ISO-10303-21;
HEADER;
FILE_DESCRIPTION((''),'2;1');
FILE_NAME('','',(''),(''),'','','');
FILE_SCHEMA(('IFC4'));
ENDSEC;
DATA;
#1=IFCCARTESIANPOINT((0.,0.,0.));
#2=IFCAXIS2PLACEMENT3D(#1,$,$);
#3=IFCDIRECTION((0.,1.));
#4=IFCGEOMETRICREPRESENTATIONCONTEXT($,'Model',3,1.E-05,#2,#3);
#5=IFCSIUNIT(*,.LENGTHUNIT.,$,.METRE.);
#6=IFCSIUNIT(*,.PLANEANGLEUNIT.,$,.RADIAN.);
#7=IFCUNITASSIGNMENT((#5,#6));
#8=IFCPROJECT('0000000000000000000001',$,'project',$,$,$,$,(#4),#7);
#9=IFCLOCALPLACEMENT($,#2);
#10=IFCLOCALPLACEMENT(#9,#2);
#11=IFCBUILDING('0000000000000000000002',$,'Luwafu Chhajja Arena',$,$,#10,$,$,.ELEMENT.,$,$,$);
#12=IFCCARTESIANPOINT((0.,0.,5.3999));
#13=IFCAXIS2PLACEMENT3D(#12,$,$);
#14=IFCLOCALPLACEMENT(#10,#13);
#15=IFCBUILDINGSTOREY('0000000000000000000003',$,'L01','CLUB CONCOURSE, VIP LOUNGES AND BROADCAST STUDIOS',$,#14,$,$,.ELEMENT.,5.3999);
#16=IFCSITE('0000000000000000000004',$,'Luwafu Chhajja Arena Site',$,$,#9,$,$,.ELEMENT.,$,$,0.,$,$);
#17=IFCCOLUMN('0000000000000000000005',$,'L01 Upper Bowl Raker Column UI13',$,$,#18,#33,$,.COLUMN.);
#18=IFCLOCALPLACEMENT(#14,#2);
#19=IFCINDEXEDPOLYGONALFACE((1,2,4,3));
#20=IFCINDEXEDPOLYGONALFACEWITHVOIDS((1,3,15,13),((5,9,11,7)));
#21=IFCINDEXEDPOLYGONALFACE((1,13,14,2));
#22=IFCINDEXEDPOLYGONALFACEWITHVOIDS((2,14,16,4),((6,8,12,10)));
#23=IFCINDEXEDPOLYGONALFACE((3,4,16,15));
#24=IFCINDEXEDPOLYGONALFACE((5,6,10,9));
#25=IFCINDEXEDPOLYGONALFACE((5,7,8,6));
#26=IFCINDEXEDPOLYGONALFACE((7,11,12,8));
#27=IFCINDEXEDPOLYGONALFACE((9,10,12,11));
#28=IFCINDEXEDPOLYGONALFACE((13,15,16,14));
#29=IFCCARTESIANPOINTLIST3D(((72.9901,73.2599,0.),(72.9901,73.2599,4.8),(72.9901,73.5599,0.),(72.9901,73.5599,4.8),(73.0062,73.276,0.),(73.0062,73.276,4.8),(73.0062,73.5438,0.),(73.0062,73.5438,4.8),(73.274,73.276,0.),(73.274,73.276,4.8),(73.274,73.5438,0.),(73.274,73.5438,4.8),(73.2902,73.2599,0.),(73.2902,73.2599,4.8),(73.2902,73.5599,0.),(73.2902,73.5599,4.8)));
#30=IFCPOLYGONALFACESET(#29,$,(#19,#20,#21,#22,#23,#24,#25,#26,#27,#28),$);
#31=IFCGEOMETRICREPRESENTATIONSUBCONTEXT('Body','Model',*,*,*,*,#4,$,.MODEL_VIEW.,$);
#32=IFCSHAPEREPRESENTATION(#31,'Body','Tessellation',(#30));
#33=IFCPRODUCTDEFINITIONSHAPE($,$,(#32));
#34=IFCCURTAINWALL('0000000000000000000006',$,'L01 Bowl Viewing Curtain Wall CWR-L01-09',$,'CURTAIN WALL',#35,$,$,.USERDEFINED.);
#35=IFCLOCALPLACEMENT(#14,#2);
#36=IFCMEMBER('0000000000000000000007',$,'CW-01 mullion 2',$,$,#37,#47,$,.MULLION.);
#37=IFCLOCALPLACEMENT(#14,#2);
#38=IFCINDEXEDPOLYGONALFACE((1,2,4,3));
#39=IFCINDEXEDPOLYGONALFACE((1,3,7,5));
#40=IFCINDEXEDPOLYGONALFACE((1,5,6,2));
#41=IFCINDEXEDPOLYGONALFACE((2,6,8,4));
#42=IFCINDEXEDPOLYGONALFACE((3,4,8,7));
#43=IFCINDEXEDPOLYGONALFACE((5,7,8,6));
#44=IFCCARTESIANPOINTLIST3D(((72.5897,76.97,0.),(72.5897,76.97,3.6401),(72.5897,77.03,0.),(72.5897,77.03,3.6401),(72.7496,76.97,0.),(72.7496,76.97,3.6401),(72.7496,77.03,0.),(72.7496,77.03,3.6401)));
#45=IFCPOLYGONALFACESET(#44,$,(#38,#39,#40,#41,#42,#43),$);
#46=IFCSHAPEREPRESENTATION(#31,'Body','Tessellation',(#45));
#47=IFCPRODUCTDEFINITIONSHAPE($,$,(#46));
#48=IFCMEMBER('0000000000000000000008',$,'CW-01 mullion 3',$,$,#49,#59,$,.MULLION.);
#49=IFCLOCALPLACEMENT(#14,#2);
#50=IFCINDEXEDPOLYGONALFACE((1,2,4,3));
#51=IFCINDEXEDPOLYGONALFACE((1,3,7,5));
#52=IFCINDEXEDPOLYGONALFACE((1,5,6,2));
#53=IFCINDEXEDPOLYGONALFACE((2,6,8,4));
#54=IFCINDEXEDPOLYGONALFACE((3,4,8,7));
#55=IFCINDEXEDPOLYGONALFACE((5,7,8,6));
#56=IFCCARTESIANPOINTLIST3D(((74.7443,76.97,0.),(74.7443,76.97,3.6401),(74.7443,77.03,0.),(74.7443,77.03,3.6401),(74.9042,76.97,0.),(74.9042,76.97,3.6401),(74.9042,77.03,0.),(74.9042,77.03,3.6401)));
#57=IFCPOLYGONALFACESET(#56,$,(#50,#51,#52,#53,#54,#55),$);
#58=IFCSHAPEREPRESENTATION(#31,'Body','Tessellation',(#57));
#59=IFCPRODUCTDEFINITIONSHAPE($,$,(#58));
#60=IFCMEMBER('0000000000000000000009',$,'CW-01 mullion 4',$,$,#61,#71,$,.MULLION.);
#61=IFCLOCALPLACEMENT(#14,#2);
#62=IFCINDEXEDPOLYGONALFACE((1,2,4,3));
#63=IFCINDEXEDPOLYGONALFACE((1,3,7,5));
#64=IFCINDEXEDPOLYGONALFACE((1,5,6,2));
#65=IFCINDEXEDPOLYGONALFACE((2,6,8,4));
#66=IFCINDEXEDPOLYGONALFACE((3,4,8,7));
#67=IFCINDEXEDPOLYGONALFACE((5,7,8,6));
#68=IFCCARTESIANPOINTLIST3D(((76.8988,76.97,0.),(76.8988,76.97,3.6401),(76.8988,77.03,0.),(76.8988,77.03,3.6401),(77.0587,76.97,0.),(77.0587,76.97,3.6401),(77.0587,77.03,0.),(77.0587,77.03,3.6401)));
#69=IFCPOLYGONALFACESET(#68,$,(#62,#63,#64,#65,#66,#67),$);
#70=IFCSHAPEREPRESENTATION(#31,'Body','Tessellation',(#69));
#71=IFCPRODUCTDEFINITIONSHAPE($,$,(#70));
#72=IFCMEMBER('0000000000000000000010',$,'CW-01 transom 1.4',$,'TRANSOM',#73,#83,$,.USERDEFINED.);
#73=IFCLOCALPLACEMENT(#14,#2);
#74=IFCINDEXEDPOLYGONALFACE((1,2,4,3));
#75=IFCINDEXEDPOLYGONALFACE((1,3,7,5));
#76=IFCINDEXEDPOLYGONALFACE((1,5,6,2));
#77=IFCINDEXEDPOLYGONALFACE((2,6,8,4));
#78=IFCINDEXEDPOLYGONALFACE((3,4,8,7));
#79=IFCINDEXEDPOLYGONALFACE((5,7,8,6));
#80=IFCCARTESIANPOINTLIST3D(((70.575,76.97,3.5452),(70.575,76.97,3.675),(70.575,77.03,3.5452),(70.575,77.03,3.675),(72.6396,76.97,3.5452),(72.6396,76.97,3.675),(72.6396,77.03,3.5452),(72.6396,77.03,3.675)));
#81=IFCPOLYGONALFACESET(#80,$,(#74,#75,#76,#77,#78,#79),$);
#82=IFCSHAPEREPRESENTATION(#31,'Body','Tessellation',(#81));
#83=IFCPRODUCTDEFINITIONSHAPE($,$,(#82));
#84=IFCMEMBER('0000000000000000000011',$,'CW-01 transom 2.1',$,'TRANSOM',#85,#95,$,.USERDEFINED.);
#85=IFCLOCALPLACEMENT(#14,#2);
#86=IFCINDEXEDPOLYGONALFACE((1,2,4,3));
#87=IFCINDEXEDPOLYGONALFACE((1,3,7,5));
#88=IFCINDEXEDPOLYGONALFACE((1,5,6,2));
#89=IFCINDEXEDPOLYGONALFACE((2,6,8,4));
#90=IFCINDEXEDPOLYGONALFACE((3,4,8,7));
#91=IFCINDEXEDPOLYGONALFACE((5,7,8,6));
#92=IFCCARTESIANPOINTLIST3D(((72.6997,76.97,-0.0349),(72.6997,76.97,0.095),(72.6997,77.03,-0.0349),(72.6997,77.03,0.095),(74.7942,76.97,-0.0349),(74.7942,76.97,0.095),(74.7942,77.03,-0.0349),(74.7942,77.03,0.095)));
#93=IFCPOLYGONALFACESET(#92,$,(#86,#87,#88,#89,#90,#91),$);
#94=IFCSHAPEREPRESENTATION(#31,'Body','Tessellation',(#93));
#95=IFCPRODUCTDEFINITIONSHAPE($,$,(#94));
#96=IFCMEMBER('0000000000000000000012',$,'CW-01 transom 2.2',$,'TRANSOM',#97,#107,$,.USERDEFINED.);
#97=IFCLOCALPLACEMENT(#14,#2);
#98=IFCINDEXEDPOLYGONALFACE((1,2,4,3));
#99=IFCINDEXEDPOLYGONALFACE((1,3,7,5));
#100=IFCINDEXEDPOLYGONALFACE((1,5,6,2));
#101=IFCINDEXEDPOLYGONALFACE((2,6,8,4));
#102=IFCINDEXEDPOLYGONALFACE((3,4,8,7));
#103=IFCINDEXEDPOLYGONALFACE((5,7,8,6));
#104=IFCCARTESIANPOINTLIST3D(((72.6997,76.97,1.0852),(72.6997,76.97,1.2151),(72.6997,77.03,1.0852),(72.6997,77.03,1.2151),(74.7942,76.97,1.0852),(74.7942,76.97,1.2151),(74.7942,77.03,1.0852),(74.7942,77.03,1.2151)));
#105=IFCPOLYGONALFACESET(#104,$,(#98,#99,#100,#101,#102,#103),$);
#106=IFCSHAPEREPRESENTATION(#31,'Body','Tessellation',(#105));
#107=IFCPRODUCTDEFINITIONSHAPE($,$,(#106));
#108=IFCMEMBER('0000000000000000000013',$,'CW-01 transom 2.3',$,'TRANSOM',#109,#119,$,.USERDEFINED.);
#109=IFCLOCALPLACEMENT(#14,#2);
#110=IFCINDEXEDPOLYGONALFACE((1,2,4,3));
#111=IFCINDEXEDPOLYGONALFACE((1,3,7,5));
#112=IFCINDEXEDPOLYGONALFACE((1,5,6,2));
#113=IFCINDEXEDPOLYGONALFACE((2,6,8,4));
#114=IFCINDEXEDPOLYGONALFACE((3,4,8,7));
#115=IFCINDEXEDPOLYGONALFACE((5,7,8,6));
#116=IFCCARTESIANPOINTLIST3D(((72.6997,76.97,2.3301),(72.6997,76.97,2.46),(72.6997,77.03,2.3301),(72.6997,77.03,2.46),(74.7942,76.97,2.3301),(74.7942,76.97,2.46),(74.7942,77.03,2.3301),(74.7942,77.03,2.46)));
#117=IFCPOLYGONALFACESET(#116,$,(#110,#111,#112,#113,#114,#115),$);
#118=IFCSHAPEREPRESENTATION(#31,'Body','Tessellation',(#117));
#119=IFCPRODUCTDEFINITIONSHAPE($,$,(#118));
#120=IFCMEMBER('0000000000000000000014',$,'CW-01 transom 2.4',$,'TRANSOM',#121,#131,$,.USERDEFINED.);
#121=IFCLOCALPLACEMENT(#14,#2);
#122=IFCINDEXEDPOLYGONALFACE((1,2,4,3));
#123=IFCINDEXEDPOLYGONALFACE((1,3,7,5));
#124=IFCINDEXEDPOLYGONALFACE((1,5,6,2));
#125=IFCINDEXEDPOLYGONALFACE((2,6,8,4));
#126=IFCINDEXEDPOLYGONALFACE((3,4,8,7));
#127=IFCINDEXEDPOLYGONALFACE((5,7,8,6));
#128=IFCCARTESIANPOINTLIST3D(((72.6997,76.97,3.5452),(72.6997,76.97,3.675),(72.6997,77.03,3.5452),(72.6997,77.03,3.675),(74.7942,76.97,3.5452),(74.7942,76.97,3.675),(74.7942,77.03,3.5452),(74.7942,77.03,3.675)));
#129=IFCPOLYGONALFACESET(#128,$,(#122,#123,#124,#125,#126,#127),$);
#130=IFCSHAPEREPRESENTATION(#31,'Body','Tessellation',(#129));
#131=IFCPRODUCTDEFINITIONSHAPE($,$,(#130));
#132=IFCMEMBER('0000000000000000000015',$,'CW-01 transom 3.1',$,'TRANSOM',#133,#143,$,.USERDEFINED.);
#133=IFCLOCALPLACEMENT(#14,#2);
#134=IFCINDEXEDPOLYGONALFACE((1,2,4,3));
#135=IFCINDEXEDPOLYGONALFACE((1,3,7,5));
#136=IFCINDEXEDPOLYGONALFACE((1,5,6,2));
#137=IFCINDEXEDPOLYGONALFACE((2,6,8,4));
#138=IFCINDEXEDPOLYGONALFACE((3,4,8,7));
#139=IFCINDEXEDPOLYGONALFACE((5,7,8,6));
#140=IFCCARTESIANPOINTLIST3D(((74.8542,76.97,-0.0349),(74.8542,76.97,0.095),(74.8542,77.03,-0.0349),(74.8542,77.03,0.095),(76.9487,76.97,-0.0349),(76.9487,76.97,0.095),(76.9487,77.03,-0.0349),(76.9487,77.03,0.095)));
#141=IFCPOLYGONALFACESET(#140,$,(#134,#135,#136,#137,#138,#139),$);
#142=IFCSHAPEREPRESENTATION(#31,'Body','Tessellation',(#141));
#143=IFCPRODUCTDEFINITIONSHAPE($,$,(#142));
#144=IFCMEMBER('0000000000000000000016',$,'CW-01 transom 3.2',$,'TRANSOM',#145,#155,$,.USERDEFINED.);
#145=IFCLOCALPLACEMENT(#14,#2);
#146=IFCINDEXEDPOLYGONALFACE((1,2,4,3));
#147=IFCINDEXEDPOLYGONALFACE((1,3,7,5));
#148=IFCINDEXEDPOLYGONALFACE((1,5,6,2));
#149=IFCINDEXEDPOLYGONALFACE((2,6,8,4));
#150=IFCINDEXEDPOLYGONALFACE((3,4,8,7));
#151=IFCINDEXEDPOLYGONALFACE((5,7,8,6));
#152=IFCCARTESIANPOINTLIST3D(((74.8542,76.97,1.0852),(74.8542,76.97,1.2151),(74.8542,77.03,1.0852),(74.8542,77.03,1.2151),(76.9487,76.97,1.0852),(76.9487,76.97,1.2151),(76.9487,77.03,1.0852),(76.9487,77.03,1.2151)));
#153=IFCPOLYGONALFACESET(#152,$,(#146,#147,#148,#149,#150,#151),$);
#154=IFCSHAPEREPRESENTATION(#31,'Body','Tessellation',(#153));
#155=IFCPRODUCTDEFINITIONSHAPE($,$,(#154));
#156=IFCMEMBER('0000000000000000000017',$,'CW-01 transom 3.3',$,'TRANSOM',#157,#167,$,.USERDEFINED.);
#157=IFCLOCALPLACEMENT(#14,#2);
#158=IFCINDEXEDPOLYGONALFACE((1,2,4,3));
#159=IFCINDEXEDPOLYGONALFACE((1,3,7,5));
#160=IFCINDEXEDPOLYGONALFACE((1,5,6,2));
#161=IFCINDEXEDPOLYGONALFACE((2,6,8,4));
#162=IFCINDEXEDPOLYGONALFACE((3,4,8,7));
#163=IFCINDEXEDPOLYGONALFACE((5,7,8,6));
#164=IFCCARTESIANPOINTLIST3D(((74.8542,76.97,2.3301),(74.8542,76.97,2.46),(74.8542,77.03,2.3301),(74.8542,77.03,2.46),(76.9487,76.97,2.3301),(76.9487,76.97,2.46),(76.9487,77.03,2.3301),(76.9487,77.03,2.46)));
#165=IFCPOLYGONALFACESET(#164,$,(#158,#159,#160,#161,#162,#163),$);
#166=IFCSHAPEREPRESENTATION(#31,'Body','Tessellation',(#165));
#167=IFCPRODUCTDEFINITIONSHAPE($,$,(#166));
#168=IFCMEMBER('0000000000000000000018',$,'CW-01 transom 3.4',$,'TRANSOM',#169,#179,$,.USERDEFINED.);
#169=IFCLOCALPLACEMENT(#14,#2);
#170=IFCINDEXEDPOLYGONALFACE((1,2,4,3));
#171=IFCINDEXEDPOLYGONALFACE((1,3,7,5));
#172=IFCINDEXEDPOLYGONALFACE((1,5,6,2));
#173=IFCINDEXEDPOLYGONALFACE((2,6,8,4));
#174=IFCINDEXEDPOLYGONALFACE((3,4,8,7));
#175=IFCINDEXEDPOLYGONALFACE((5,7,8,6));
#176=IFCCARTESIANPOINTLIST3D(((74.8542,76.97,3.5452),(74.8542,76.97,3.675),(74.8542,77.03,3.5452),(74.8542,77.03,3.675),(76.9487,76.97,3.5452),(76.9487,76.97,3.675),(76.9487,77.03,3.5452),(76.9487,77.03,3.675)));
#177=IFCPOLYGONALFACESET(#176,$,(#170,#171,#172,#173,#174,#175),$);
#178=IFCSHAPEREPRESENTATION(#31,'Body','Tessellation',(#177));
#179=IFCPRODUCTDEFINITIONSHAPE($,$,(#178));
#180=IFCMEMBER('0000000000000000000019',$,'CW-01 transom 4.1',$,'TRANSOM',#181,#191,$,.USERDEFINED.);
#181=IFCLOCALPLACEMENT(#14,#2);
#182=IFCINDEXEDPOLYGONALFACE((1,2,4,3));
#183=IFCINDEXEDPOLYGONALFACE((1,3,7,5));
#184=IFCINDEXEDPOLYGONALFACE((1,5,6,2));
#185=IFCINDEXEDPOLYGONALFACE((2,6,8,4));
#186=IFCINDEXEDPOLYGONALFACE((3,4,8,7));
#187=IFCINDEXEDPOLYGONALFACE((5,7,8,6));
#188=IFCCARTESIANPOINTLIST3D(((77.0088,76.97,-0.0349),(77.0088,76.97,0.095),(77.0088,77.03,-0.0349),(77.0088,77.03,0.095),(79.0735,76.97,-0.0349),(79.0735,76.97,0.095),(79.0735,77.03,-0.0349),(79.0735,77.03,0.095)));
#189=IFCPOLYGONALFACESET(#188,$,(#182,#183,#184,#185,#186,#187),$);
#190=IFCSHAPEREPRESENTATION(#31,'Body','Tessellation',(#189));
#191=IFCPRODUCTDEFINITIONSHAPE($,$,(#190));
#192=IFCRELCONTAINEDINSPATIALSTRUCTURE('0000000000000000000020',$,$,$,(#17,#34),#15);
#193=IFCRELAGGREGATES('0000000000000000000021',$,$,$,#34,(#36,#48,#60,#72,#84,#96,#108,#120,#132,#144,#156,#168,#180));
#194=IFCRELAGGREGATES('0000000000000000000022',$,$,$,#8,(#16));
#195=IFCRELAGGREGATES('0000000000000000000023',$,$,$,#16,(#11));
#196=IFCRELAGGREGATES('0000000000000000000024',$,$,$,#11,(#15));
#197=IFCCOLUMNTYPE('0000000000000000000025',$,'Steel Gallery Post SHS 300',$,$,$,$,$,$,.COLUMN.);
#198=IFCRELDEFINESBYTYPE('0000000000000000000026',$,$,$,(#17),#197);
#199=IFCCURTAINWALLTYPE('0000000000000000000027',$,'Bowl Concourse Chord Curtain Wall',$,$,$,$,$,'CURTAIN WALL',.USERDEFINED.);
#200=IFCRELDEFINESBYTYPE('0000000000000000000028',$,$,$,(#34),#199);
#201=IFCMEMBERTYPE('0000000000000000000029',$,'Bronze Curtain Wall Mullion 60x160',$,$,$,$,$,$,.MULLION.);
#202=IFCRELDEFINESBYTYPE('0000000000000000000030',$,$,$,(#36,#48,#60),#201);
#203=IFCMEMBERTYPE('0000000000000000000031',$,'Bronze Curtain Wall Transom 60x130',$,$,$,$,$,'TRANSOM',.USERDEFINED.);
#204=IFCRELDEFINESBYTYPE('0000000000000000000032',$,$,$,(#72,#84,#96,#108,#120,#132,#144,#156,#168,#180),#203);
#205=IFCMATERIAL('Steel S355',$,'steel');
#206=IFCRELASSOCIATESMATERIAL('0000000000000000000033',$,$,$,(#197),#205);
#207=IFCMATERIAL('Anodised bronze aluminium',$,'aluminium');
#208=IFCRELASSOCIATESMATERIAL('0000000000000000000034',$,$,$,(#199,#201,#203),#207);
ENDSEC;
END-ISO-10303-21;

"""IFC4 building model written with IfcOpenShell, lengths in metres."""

from ifc_helpers import new_model, si_unit, direction, frame, origin, origin_2d, place, context, subcontext, project, spatial, rectangle, hollow_rectangle, extrude, material, material_profile, profile_set, type_object, element, aggregate, save


model = new_model("IFC4")

# Units and contexts
model_context = context("Model", 3, precision=1e-05, world=origin(), true_north=direction((0.0, 1.0)))
body_context = subcontext(model_context, "Body", "Model", "MODEL_VIEW")
ifc_project = project(units=[si_unit("LENGTHUNIT", "METRE"), si_unit("PLANEANGLEUNIT", "RADIAN")], contexts=[model_context])

# Site, building, storey
site_placement = place(None, origin())
site = spatial("IfcSite", under=ifc_project, at=site_placement, Name="Luwafu Chhajja Arena Site", CompositionType="ELEMENT", RefElevation=0.0)
building_placement = place(site_placement, origin())
building = spatial("IfcBuilding", under=site, at=building_placement, Name="Luwafu Chhajja Arena", CompositionType="ELEMENT")
storey_placement = place(building_placement, frame((0.0, 0.0, 5.3999)))
storey = spatial("IfcBuildingStorey", under=building, at=storey_placement, Name="L01", Description="CLUB CONCOURSE, VIP LOUNGES AND BROADCAST STUDIOS", CompositionType="ELEMENT", Elevation=5.3999)

# Column
ifc_material_1 = material(Name="Steel S355", Category="steel")
ifc_material_profile_1 = material_profile(ifc_material_1, hollow_rectangle(XDim=0.3, YDim=0.3, WallThickness=0.0161, at=origin_2d()), Name="SHS 300x300x16")
ifc_profile_set_1 = profile_set([ifc_material_profile_1], Name="Steel S355")
column_type = type_object("IfcColumnType", Name="Steel Gallery Post SHS 300", PredefinedType="COLUMN", material=ifc_profile_set_1)
column_placement = place(storey_placement, frame((73.1401, 73.4099, 0.0), z_axis=(0.0, 0.0, 1.0), x_axis=(1.0, 0.0, 0.0)))
element("IfcColumn", 1, at=column_placement, inside=storey, type_object=column_type, Name="L01 Upper Bowl Raker Column UI13", PredefinedType="COLUMN", context=body_context, shape_type="SweptSolid", body=[
    extrude(hollow_rectangle(XDim=0.3, YDim=0.3, WallThickness=0.0161, at=origin_2d()), origin(), (0.0, 0.0, 1.0), 4.8),
])

# Curtain wall, members
ifc_material_2 = material(Name="Anodised bronze aluminium", Category="aluminium")
curtain_wall_type = type_object("IfcCurtainWallType", Name="Bowl Concourse Chord Curtain Wall", ElementType="CURTAIN WALL", PredefinedType="USERDEFINED", material=ifc_material_2)
curtain_wall_placement = place(storey_placement, origin())
curtain_wall = element("IfcCurtainWall", 2, at=curtain_wall_placement, inside=storey, type_object=curtain_wall_type, Name="L01 Bowl Viewing Curtain Wall CWR-L01-09", ObjectType="CURTAIN WALL", PredefinedType="USERDEFINED")
ifc_material_profile_2 = material_profile(ifc_material_2, rectangle(XDim=0.0601, YDim=0.1599, at=origin_2d()), Name="CWM 60x160")
ifc_profile_set_2 = profile_set([ifc_material_profile_2], Name="Anodised bronze aluminium")
member_type_1 = type_object("IfcMemberType", Name="Bronze Curtain Wall Mullion 60x160", PredefinedType="MULLION", material=ifc_profile_set_2)
member_1_placement = place(storey_placement, frame((72.6697, 77.0, 0.0), z_axis=(0.0, 0.0, 1.0), x_axis=(0.0, 1.0, 0.0)))
member_1 = element("IfcMember", 3, at=member_1_placement, type_object=member_type_1, Name="CW-01 mullion 2", PredefinedType="MULLION", context=body_context, shape_type="SweptSolid", body=[
    extrude(rectangle(XDim=0.0601, YDim=0.1599, at=origin_2d()), origin(), (0.0, 0.0, 1.0), 3.6401),
])
member_2_placement = place(storey_placement, frame((74.8242, 77.0, 0.0), z_axis=(0.0, 0.0, 1.0), x_axis=(0.0, 1.0, 0.0)))
member_2 = element("IfcMember", 4, at=member_2_placement, type_object=member_type_1, Name="CW-01 mullion 3", PredefinedType="MULLION", context=body_context, shape_type="SweptSolid", body=[
    extrude(rectangle(XDim=0.0601, YDim=0.1599, at=origin_2d()), origin(), (0.0, 0.0, 1.0), 3.6401),
])
member_3_placement = place(storey_placement, frame((76.9788, 77.0, 0.0), z_axis=(0.0, 0.0, 1.0), x_axis=(0.0, 1.0, 0.0)))
member_3 = element("IfcMember", 5, at=member_3_placement, type_object=member_type_1, Name="CW-01 mullion 4", PredefinedType="MULLION", context=body_context, shape_type="SweptSolid", body=[
    extrude(rectangle(XDim=0.0601, YDim=0.1599, at=origin_2d()), origin(), (0.0, 0.0, 1.0), 3.6401),
])
ifc_material_profile_3 = material_profile(ifc_material_2, rectangle(XDim=0.0601, YDim=0.1299, at=origin_2d()), Name="CWT 60x130")
ifc_profile_set_3 = profile_set([ifc_material_profile_3], Name="Anodised bronze aluminium")
member_type_2 = type_object("IfcMemberType", Name="Bronze Curtain Wall Transom 60x130", ElementType="TRANSOM", PredefinedType="USERDEFINED", material=ifc_profile_set_3)
member_4_placement = place(storey_placement, frame((70.575, 77.0, 3.6101), z_axis=(1.0, 0.0, 0.0), x_axis=(0.0, 1.0, 0.0)))
member_4 = element("IfcMember", 6, at=member_4_placement, type_object=member_type_2, Name="CW-01 transom 1.4", ObjectType="TRANSOM", PredefinedType="USERDEFINED", context=body_context, shape_type="SweptSolid", body=[
    extrude(rectangle(XDim=0.0601, YDim=0.1299, at=origin_2d()), origin(), (0.0, 0.0, 1.0), 2.0647),
])
member_5_placement = place(storey_placement, frame((72.6997, 77.0, 0.03), z_axis=(1.0, 0.0, 0.0), x_axis=(0.0, 1.0, 0.0)))
member_5 = element("IfcMember", 7, at=member_5_placement, type_object=member_type_2, Name="CW-01 transom 2.1", ObjectType="TRANSOM", PredefinedType="USERDEFINED", context=body_context, shape_type="SweptSolid", body=[
    extrude(rectangle(XDim=0.0601, YDim=0.1299, at=origin_2d()), origin(), (0.0, 0.0, 1.0), 2.0945),
])
member_6_placement = place(storey_placement, frame((72.6997, 77.0, 1.1501), z_axis=(1.0, 0.0, 0.0), x_axis=(0.0, 1.0, 0.0)))
member_6 = element("IfcMember", 8, at=member_6_placement, type_object=member_type_2, Name="CW-01 transom 2.2", ObjectType="TRANSOM", PredefinedType="USERDEFINED", context=body_context, shape_type="SweptSolid", body=[
    extrude(rectangle(XDim=0.0601, YDim=0.1299, at=origin_2d()), origin(), (0.0, 0.0, 1.0), 2.0945),
])
member_7_placement = place(storey_placement, frame((72.6997, 77.0, 2.395), z_axis=(1.0, 0.0, 0.0), x_axis=(0.0, 1.0, 0.0)))
member_7 = element("IfcMember", 9, at=member_7_placement, type_object=member_type_2, Name="CW-01 transom 2.3", ObjectType="TRANSOM", PredefinedType="USERDEFINED", context=body_context, shape_type="SweptSolid", body=[
    extrude(rectangle(XDim=0.0601, YDim=0.1299, at=origin_2d()), origin(), (0.0, 0.0, 1.0), 2.0945),
])
member_8_placement = place(storey_placement, frame((72.6997, 77.0, 3.6101), z_axis=(1.0, 0.0, 0.0), x_axis=(0.0, 1.0, 0.0)))
member_8 = element("IfcMember", 10, at=member_8_placement, type_object=member_type_2, Name="CW-01 transom 2.4", ObjectType="TRANSOM", PredefinedType="USERDEFINED", context=body_context, shape_type="SweptSolid", body=[
    extrude(rectangle(XDim=0.0601, YDim=0.1299, at=origin_2d()), origin(), (0.0, 0.0, 1.0), 2.0945),
])
member_9_placement = place(storey_placement, frame((74.8542, 77.0, 0.03), z_axis=(1.0, 0.0, 0.0), x_axis=(0.0, 1.0, 0.0)))
member_9 = element("IfcMember", 11, at=member_9_placement, type_object=member_type_2, Name="CW-01 transom 3.1", ObjectType="TRANSOM", PredefinedType="USERDEFINED", context=body_context, shape_type="SweptSolid", body=[
    extrude(rectangle(XDim=0.0601, YDim=0.1299, at=origin_2d()), origin(), (0.0, 0.0, 1.0), 2.0945),
])
member_10_placement = place(storey_placement, frame((74.8542, 77.0, 1.1501), z_axis=(1.0, 0.0, 0.0), x_axis=(0.0, 1.0, 0.0)))
member_10 = element("IfcMember", 12, at=member_10_placement, type_object=member_type_2, Name="CW-01 transom 3.2", ObjectType="TRANSOM", PredefinedType="USERDEFINED", context=body_context, shape_type="SweptSolid", body=[
    extrude(rectangle(XDim=0.0601, YDim=0.1299, at=origin_2d()), origin(), (0.0, 0.0, 1.0), 2.0945),
])
member_11_placement = place(storey_placement, frame((74.8542, 77.0, 2.395), z_axis=(1.0, 0.0, 0.0), x_axis=(0.0, 1.0, 0.0)))
member_11 = element("IfcMember", 13, at=member_11_placement, type_object=member_type_2, Name="CW-01 transom 3.3", ObjectType="TRANSOM", PredefinedType="USERDEFINED", context=body_context, shape_type="SweptSolid", body=[
    extrude(rectangle(XDim=0.0601, YDim=0.1299, at=origin_2d()), origin(), (0.0, 0.0, 1.0), 2.0945),
])
member_12_placement = place(storey_placement, frame((74.8542, 77.0, 3.6101), z_axis=(1.0, 0.0, 0.0), x_axis=(0.0, 1.0, 0.0)))
member_12 = element("IfcMember", 14, at=member_12_placement, type_object=member_type_2, Name="CW-01 transom 3.4", ObjectType="TRANSOM", PredefinedType="USERDEFINED", context=body_context, shape_type="SweptSolid", body=[
    extrude(rectangle(XDim=0.0601, YDim=0.1299, at=origin_2d()), origin(), (0.0, 0.0, 1.0), 2.0945),
])
member_13_placement = place(storey_placement, frame((77.0088, 77.0, 0.03), z_axis=(1.0, 0.0, 0.0), x_axis=(0.0, 1.0, 0.0)))
member_13 = element("IfcMember", 15, at=member_13_placement, type_object=member_type_2, Name="CW-01 transom 4.1", ObjectType="TRANSOM", PredefinedType="USERDEFINED", context=body_context, shape_type="SweptSolid", body=[
    extrude(rectangle(XDim=0.0601, YDim=0.1299, at=origin_2d()), origin(), (0.0, 0.0, 1.0), 2.0647),
])

aggregate(curtain_wall, [member_1, member_2, member_3, member_4, member_5, member_6, member_7, member_8, member_9, member_10, member_11, member_12, member_13])

save(model, "model.ifc")
